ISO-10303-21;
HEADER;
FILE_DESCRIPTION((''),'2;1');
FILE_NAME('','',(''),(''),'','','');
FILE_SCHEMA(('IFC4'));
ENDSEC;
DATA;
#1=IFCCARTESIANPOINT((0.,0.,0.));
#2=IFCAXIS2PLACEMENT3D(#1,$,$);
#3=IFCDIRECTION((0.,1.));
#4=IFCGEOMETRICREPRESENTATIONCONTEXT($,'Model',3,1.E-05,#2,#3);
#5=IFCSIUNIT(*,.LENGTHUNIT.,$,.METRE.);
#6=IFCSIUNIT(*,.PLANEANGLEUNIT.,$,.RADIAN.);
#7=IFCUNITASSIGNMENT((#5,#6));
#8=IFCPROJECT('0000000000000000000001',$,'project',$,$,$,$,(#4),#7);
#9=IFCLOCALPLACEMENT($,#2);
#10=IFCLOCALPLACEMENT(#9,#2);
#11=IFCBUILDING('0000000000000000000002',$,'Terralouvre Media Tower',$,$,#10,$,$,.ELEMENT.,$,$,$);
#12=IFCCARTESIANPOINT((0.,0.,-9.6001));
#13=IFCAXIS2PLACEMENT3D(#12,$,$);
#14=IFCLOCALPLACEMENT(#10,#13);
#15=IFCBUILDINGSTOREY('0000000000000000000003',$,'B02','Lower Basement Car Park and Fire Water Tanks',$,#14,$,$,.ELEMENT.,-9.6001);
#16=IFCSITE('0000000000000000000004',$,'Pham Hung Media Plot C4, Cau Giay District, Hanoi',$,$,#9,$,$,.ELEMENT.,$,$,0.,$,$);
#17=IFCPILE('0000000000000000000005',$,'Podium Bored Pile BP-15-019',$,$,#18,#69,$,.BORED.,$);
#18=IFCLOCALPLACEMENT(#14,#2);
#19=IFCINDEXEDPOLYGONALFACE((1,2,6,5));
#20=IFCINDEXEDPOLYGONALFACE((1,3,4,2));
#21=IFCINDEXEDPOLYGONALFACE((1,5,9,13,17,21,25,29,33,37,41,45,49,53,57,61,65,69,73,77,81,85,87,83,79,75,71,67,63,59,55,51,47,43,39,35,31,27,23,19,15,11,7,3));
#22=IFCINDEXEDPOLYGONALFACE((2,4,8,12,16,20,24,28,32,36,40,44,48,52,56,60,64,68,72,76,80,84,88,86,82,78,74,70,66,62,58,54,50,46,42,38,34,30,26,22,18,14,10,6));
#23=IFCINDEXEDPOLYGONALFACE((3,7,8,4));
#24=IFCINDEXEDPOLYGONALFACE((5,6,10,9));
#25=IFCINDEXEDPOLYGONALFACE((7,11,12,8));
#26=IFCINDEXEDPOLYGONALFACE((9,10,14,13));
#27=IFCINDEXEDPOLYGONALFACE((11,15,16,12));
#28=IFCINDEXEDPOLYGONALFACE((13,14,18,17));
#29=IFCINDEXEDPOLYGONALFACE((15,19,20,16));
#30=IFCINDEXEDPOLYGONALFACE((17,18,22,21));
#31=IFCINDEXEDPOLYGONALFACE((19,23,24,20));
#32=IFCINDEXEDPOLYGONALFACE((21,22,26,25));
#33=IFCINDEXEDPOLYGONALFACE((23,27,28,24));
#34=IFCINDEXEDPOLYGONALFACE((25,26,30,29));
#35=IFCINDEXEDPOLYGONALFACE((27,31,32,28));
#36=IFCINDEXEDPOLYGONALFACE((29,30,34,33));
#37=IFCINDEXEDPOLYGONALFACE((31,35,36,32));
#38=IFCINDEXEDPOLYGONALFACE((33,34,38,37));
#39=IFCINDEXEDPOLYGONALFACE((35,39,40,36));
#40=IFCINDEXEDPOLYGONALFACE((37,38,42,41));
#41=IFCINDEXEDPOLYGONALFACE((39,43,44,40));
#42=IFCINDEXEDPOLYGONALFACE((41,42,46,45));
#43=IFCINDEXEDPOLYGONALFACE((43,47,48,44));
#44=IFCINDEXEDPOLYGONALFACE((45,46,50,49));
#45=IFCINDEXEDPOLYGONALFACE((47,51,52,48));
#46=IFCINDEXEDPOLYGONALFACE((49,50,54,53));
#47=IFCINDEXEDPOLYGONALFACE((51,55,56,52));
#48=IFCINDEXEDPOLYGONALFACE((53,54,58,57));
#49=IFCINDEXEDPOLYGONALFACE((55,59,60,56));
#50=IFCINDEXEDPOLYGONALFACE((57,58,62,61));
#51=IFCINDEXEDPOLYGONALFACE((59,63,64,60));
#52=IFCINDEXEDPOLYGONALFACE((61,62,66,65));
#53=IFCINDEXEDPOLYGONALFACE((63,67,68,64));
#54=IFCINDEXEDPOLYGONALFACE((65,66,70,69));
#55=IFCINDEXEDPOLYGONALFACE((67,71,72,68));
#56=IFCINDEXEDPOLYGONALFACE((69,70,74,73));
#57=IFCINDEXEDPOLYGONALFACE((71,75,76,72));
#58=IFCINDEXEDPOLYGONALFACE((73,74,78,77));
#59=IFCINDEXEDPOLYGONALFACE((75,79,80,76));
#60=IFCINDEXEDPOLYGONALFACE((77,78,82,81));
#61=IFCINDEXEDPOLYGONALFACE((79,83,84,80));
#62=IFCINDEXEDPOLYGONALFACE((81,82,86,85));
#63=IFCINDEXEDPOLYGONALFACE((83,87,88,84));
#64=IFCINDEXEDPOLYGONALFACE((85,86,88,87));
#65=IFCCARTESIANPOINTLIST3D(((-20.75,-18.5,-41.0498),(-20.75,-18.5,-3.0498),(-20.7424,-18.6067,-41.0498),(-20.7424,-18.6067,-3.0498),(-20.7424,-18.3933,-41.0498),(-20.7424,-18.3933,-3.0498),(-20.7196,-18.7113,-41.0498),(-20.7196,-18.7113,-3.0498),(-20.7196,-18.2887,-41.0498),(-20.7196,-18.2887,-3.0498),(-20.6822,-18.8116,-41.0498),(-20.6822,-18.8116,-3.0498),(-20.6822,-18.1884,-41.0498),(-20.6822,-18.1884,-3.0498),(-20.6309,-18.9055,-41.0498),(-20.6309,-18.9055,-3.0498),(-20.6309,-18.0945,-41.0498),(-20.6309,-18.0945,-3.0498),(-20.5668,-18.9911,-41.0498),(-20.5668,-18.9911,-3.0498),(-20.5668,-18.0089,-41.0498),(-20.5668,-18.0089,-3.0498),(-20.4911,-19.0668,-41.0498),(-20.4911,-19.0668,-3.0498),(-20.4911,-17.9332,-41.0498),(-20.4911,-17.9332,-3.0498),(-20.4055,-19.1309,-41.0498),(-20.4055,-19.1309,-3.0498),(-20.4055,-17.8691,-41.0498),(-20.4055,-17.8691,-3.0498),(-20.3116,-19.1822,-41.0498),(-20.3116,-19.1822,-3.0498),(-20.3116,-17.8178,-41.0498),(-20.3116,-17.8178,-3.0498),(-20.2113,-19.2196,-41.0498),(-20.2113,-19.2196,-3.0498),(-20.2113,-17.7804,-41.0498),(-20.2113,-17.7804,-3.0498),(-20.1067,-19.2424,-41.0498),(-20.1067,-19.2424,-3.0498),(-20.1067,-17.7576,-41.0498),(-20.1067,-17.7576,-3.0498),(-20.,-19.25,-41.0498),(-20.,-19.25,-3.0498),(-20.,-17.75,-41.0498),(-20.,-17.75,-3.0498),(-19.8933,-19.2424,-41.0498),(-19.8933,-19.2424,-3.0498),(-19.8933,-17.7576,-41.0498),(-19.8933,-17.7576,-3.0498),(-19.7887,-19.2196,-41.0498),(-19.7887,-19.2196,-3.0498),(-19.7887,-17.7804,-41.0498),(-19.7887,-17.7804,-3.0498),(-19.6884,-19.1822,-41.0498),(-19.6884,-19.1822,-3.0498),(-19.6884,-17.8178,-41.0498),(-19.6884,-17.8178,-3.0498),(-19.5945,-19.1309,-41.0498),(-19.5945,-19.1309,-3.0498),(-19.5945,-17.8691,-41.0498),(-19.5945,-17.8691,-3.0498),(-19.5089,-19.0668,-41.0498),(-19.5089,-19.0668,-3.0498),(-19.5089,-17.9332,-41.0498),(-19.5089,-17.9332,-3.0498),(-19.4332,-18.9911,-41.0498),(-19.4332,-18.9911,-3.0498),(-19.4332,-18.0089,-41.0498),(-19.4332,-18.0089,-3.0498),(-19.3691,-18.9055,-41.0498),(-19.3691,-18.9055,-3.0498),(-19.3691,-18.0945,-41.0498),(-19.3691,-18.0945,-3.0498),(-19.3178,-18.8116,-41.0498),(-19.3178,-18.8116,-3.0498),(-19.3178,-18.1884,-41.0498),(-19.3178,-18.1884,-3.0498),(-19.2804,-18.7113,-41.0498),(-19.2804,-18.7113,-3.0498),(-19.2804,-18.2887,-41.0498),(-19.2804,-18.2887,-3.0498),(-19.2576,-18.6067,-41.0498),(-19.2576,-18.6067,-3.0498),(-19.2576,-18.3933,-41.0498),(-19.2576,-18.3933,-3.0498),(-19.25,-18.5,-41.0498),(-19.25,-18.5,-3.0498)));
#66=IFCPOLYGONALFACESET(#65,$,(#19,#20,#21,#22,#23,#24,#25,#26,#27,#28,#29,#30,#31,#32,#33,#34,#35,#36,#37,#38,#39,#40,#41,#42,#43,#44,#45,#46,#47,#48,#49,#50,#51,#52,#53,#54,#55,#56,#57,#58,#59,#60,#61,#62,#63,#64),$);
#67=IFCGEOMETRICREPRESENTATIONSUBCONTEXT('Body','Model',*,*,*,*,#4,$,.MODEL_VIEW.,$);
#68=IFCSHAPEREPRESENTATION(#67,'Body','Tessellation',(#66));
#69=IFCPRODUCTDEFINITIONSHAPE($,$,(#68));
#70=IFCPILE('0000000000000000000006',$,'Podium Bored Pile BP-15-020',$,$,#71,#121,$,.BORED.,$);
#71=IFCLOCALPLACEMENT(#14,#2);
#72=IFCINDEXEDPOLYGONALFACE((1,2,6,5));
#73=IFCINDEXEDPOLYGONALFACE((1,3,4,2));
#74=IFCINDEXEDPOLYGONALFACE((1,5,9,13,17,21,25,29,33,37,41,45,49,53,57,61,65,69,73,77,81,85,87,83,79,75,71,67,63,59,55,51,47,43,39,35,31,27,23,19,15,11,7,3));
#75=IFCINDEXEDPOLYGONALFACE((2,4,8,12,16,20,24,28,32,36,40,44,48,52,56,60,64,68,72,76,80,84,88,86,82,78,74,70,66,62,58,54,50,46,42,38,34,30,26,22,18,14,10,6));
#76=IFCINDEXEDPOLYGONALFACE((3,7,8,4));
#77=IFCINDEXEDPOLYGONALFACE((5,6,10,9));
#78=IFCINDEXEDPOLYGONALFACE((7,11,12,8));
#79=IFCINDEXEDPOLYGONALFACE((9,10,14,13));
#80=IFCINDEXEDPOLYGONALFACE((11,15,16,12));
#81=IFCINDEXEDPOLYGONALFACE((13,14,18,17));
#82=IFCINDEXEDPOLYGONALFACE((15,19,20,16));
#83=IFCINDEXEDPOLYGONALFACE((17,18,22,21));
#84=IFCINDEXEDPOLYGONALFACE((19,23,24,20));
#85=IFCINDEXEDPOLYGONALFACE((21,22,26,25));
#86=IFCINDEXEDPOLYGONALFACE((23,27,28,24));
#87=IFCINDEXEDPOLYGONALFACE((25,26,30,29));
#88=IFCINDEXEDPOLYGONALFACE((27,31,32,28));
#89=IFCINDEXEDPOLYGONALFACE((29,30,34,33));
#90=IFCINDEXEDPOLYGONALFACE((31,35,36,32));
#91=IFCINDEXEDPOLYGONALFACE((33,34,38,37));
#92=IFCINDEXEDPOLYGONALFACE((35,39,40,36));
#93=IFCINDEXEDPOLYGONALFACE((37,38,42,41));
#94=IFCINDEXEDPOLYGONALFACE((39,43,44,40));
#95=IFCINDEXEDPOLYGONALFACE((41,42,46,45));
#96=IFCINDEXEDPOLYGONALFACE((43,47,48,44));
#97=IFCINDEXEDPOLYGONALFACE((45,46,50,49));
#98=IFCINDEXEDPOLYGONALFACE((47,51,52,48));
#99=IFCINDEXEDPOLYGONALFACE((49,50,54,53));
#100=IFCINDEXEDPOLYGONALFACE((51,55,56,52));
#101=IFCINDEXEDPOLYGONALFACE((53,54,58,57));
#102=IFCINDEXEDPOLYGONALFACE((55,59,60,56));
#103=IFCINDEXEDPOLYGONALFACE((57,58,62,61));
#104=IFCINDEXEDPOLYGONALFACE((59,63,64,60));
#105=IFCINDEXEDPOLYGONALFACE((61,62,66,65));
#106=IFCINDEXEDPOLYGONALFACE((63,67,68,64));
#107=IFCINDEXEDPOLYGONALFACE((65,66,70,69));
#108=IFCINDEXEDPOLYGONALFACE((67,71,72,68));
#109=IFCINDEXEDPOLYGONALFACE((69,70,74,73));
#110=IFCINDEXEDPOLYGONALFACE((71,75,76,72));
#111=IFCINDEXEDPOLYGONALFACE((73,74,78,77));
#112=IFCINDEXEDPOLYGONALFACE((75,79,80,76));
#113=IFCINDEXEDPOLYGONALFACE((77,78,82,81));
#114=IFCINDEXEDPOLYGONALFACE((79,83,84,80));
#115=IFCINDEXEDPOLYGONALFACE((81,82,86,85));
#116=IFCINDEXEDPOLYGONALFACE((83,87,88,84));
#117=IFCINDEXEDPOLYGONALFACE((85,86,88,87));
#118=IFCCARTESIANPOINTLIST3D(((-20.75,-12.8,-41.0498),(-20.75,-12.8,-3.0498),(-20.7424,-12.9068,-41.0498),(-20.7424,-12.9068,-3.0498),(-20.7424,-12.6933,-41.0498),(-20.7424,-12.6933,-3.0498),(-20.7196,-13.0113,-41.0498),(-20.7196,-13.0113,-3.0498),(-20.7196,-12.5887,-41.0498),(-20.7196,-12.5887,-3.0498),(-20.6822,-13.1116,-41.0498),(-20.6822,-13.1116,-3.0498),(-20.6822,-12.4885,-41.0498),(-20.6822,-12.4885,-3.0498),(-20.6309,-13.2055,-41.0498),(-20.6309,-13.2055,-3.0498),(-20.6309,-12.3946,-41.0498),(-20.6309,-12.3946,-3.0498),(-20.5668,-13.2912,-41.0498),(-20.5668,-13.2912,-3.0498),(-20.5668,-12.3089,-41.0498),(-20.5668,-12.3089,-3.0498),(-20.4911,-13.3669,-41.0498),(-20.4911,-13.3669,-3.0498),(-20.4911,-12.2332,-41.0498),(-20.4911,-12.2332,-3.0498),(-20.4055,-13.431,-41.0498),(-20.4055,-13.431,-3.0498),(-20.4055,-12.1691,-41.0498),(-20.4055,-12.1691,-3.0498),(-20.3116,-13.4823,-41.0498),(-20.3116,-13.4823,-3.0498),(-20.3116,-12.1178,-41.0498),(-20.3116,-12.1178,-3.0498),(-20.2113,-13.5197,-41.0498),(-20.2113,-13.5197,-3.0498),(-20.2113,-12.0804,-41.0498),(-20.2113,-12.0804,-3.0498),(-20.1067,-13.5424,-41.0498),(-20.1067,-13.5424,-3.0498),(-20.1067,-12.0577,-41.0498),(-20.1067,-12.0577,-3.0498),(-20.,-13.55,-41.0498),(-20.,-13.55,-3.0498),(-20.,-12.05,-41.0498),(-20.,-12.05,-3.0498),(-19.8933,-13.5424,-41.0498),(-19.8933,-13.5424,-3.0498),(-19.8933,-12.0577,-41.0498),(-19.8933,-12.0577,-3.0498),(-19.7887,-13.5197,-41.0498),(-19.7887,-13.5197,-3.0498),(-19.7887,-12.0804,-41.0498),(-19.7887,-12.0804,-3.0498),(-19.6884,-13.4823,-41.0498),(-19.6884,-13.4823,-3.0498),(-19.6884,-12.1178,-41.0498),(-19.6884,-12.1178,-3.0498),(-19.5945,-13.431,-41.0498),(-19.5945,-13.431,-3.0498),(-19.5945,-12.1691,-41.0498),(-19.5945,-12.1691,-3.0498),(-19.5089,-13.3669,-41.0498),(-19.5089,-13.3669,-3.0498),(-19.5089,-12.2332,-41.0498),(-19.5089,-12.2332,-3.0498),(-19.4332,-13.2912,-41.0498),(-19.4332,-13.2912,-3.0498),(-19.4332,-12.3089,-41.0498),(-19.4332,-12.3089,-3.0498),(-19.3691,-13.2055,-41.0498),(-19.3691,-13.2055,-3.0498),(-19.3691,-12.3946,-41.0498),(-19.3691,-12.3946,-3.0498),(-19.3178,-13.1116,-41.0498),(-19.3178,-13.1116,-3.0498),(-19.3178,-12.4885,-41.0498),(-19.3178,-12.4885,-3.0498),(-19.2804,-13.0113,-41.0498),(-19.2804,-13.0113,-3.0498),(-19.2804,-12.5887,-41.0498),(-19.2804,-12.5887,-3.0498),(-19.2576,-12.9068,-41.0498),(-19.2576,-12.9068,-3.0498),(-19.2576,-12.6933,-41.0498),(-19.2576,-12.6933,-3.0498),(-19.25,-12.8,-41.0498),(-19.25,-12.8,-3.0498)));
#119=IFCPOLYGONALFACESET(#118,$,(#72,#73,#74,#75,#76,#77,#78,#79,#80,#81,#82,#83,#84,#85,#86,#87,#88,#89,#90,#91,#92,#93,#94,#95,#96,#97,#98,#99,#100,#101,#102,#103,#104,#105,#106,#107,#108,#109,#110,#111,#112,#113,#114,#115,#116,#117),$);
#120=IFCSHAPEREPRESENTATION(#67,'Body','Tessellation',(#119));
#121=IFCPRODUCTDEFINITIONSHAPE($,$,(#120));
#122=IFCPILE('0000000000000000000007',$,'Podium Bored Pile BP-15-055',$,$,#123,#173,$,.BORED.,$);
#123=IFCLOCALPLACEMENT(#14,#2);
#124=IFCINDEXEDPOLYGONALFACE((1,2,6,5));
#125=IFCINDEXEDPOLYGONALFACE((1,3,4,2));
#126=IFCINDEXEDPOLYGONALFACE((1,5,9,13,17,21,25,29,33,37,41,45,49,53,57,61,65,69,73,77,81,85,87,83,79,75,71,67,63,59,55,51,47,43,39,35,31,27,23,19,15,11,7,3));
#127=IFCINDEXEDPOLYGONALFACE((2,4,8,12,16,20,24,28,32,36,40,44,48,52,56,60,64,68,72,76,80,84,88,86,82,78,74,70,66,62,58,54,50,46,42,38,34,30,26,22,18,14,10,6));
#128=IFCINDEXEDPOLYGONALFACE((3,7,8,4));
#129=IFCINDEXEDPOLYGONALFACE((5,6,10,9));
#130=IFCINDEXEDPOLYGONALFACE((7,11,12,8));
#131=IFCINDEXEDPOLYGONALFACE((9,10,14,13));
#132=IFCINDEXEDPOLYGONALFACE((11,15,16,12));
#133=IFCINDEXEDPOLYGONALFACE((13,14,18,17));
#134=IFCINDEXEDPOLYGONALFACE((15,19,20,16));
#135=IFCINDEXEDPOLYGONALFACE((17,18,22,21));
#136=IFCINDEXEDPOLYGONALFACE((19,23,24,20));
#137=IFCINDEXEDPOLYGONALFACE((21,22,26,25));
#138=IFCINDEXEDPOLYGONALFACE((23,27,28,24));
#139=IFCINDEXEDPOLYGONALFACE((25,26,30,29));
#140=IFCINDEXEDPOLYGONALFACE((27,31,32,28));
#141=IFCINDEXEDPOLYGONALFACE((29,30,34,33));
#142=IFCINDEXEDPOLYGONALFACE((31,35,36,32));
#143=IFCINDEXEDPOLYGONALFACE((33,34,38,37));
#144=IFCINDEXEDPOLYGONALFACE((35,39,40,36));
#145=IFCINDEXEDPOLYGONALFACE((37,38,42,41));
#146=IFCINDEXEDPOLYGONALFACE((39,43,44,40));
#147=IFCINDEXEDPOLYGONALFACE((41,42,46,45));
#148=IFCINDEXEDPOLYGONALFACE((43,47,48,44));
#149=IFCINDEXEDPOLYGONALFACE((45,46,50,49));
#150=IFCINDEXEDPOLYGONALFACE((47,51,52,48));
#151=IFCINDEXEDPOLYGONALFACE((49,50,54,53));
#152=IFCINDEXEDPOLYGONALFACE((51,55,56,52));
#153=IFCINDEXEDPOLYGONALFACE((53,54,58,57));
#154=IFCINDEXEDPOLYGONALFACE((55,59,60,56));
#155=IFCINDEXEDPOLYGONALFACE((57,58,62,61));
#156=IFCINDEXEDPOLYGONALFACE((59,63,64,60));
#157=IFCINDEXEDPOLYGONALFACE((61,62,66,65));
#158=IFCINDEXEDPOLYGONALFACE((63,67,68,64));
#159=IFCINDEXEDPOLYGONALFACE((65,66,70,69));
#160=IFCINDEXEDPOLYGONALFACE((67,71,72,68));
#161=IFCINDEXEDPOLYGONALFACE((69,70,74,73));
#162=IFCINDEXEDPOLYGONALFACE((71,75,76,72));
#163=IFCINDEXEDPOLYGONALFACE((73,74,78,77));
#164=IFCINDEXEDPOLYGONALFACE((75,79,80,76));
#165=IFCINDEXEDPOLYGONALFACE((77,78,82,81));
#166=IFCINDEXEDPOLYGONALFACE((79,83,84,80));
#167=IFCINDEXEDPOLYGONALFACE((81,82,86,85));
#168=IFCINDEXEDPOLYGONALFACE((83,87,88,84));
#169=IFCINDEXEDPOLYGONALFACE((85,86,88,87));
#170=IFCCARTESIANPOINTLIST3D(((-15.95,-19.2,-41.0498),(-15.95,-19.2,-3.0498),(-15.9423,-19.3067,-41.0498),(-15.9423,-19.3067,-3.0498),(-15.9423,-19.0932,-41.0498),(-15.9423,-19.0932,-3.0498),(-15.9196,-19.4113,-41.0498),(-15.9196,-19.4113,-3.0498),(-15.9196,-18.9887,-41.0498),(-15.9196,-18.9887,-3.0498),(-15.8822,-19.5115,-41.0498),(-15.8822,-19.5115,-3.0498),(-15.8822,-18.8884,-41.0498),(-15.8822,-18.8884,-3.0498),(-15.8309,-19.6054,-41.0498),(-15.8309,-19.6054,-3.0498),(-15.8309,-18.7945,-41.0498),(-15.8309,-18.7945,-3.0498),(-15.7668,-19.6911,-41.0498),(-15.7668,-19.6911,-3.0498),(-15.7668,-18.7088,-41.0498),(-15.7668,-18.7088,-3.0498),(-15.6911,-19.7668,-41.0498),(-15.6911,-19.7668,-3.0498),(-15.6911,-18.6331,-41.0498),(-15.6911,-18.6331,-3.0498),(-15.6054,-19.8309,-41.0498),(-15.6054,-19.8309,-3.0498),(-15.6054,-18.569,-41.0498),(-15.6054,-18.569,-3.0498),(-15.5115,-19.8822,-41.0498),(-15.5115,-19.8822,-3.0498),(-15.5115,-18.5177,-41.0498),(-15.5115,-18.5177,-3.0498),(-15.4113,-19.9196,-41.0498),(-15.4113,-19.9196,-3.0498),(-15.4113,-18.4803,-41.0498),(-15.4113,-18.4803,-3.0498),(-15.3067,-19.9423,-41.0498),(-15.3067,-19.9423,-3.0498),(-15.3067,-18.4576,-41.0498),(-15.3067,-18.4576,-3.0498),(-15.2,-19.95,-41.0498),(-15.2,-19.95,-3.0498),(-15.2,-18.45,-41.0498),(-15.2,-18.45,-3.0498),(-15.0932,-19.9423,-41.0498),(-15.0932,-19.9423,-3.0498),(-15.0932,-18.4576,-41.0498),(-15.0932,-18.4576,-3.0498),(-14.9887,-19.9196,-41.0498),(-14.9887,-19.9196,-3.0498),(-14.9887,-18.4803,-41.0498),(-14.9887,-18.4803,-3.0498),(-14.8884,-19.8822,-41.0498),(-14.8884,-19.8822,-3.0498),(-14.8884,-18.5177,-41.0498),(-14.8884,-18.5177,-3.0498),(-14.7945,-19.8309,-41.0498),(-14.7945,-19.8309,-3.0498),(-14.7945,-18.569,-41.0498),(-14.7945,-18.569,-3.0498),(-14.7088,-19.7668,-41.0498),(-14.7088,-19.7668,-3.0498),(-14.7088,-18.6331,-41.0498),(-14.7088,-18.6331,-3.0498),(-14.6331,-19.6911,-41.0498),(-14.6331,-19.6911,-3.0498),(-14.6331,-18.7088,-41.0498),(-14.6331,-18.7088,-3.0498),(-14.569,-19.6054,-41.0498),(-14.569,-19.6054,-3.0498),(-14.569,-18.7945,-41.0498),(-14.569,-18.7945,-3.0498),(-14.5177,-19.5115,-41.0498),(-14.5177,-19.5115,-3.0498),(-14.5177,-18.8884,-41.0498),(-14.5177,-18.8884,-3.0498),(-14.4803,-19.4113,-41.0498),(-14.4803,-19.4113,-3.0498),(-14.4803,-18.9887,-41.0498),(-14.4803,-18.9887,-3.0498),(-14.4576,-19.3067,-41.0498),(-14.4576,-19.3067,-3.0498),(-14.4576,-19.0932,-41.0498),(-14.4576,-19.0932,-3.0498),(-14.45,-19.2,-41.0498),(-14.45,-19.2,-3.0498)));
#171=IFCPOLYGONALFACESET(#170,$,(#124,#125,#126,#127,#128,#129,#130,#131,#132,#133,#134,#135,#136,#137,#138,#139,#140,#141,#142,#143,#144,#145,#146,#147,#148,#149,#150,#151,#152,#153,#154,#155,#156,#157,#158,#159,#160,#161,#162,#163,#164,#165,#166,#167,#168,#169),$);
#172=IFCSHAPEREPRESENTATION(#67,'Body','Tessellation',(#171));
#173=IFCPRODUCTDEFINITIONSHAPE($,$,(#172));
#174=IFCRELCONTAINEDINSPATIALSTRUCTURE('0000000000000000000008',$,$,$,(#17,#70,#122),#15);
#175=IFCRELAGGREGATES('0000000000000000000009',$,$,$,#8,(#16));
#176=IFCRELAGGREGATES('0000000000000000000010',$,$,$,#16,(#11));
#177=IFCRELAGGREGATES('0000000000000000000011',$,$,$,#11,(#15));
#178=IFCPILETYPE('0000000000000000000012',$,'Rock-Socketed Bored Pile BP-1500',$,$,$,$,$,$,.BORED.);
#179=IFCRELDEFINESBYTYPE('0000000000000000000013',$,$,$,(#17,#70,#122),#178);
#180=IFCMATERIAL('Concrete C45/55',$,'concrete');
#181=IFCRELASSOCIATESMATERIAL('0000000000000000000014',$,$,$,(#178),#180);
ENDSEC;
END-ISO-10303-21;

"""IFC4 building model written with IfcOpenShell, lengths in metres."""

from ifc_helpers import new_model, si_unit, direction, frame, origin, origin_2d, place, context, subcontext, project, spatial, circle, extrude, material, material_profile, profile_set, type_object, element, save


model = new_model("IFC4")

# Units and contexts
model_context = context("Model", 3, precision=1e-05, world=origin(), true_north=direction((0.0, 1.0)))
body_context = subcontext(model_context, "Body", "Model", "MODEL_VIEW")
ifc_project = project(units=[si_unit("LENGTHUNIT", "METRE"), si_unit("PLANEANGLEUNIT", "RADIAN")], contexts=[model_context])

# Site, building, storey
site_placement = place(None, origin())
site = spatial("IfcSite", under=ifc_project, at=site_placement, Name="Pham Hung Media Plot C4, Cau Giay District, Hanoi", CompositionType="ELEMENT", RefElevation=0.0)
building_placement = place(site_placement, origin())
building = spatial("IfcBuilding", under=site, at=building_placement, Name="Terralouvre Media Tower", CompositionType="ELEMENT")
storey_placement = place(building_placement, frame((0.0, 0.0, -9.6001)))
storey = spatial("IfcBuildingStorey", under=building, at=storey_placement, Name="B02", Description="Lower Basement Car Park and Fire Water Tanks", CompositionType="ELEMENT", Elevation=-9.6001)

# Piles
ifc_material_1 = material(Name="Concrete C45/55", Category="concrete")
ifc_material_profile_1 = material_profile(ifc_material_1, circle(Radius=0.75, at=origin_2d()), Name="BORED PILE 1500")
ifc_profile_set_1 = profile_set([ifc_material_profile_1], Name="Concrete C45/55")
pile_type_1 = type_object("IfcPileType", Name="Rock-Socketed Bored Pile BP-1500", PredefinedType="BORED", material=ifc_profile_set_1)
for number, where, z_axis, x_axis, name in (
    (1, (-20.0, -18.5, -3.0498), (0.0, 0.0, -1.0), (1.0, 0.0, 0.0), "Podium Bored Pile BP-15-019"),
    (2, (-20.0, -12.8, -3.0498), (0.0, 0.0, -1.0), (1.0, 0.0, 0.0), "Podium Bored Pile BP-15-020"),
    (3, (-15.2, -19.2, -3.0498), (0.0, 0.0, -1.0), (1.0, 0.0, 0.0), "Podium Bored Pile BP-15-055"),
):
    element("IfcPile", number, at=place(storey_placement, frame(where, z_axis=z_axis, x_axis=x_axis)), inside=storey, type_object=pile_type_1, Name=name, PredefinedType="BORED", context=body_context, shape_type="SweptSolid", body=[
        extrude(circle(Radius=0.75, at=origin_2d()), origin(), (0.0, 0.0, 1.0), 38.0),
    ])

save(model, "model.ifc")
